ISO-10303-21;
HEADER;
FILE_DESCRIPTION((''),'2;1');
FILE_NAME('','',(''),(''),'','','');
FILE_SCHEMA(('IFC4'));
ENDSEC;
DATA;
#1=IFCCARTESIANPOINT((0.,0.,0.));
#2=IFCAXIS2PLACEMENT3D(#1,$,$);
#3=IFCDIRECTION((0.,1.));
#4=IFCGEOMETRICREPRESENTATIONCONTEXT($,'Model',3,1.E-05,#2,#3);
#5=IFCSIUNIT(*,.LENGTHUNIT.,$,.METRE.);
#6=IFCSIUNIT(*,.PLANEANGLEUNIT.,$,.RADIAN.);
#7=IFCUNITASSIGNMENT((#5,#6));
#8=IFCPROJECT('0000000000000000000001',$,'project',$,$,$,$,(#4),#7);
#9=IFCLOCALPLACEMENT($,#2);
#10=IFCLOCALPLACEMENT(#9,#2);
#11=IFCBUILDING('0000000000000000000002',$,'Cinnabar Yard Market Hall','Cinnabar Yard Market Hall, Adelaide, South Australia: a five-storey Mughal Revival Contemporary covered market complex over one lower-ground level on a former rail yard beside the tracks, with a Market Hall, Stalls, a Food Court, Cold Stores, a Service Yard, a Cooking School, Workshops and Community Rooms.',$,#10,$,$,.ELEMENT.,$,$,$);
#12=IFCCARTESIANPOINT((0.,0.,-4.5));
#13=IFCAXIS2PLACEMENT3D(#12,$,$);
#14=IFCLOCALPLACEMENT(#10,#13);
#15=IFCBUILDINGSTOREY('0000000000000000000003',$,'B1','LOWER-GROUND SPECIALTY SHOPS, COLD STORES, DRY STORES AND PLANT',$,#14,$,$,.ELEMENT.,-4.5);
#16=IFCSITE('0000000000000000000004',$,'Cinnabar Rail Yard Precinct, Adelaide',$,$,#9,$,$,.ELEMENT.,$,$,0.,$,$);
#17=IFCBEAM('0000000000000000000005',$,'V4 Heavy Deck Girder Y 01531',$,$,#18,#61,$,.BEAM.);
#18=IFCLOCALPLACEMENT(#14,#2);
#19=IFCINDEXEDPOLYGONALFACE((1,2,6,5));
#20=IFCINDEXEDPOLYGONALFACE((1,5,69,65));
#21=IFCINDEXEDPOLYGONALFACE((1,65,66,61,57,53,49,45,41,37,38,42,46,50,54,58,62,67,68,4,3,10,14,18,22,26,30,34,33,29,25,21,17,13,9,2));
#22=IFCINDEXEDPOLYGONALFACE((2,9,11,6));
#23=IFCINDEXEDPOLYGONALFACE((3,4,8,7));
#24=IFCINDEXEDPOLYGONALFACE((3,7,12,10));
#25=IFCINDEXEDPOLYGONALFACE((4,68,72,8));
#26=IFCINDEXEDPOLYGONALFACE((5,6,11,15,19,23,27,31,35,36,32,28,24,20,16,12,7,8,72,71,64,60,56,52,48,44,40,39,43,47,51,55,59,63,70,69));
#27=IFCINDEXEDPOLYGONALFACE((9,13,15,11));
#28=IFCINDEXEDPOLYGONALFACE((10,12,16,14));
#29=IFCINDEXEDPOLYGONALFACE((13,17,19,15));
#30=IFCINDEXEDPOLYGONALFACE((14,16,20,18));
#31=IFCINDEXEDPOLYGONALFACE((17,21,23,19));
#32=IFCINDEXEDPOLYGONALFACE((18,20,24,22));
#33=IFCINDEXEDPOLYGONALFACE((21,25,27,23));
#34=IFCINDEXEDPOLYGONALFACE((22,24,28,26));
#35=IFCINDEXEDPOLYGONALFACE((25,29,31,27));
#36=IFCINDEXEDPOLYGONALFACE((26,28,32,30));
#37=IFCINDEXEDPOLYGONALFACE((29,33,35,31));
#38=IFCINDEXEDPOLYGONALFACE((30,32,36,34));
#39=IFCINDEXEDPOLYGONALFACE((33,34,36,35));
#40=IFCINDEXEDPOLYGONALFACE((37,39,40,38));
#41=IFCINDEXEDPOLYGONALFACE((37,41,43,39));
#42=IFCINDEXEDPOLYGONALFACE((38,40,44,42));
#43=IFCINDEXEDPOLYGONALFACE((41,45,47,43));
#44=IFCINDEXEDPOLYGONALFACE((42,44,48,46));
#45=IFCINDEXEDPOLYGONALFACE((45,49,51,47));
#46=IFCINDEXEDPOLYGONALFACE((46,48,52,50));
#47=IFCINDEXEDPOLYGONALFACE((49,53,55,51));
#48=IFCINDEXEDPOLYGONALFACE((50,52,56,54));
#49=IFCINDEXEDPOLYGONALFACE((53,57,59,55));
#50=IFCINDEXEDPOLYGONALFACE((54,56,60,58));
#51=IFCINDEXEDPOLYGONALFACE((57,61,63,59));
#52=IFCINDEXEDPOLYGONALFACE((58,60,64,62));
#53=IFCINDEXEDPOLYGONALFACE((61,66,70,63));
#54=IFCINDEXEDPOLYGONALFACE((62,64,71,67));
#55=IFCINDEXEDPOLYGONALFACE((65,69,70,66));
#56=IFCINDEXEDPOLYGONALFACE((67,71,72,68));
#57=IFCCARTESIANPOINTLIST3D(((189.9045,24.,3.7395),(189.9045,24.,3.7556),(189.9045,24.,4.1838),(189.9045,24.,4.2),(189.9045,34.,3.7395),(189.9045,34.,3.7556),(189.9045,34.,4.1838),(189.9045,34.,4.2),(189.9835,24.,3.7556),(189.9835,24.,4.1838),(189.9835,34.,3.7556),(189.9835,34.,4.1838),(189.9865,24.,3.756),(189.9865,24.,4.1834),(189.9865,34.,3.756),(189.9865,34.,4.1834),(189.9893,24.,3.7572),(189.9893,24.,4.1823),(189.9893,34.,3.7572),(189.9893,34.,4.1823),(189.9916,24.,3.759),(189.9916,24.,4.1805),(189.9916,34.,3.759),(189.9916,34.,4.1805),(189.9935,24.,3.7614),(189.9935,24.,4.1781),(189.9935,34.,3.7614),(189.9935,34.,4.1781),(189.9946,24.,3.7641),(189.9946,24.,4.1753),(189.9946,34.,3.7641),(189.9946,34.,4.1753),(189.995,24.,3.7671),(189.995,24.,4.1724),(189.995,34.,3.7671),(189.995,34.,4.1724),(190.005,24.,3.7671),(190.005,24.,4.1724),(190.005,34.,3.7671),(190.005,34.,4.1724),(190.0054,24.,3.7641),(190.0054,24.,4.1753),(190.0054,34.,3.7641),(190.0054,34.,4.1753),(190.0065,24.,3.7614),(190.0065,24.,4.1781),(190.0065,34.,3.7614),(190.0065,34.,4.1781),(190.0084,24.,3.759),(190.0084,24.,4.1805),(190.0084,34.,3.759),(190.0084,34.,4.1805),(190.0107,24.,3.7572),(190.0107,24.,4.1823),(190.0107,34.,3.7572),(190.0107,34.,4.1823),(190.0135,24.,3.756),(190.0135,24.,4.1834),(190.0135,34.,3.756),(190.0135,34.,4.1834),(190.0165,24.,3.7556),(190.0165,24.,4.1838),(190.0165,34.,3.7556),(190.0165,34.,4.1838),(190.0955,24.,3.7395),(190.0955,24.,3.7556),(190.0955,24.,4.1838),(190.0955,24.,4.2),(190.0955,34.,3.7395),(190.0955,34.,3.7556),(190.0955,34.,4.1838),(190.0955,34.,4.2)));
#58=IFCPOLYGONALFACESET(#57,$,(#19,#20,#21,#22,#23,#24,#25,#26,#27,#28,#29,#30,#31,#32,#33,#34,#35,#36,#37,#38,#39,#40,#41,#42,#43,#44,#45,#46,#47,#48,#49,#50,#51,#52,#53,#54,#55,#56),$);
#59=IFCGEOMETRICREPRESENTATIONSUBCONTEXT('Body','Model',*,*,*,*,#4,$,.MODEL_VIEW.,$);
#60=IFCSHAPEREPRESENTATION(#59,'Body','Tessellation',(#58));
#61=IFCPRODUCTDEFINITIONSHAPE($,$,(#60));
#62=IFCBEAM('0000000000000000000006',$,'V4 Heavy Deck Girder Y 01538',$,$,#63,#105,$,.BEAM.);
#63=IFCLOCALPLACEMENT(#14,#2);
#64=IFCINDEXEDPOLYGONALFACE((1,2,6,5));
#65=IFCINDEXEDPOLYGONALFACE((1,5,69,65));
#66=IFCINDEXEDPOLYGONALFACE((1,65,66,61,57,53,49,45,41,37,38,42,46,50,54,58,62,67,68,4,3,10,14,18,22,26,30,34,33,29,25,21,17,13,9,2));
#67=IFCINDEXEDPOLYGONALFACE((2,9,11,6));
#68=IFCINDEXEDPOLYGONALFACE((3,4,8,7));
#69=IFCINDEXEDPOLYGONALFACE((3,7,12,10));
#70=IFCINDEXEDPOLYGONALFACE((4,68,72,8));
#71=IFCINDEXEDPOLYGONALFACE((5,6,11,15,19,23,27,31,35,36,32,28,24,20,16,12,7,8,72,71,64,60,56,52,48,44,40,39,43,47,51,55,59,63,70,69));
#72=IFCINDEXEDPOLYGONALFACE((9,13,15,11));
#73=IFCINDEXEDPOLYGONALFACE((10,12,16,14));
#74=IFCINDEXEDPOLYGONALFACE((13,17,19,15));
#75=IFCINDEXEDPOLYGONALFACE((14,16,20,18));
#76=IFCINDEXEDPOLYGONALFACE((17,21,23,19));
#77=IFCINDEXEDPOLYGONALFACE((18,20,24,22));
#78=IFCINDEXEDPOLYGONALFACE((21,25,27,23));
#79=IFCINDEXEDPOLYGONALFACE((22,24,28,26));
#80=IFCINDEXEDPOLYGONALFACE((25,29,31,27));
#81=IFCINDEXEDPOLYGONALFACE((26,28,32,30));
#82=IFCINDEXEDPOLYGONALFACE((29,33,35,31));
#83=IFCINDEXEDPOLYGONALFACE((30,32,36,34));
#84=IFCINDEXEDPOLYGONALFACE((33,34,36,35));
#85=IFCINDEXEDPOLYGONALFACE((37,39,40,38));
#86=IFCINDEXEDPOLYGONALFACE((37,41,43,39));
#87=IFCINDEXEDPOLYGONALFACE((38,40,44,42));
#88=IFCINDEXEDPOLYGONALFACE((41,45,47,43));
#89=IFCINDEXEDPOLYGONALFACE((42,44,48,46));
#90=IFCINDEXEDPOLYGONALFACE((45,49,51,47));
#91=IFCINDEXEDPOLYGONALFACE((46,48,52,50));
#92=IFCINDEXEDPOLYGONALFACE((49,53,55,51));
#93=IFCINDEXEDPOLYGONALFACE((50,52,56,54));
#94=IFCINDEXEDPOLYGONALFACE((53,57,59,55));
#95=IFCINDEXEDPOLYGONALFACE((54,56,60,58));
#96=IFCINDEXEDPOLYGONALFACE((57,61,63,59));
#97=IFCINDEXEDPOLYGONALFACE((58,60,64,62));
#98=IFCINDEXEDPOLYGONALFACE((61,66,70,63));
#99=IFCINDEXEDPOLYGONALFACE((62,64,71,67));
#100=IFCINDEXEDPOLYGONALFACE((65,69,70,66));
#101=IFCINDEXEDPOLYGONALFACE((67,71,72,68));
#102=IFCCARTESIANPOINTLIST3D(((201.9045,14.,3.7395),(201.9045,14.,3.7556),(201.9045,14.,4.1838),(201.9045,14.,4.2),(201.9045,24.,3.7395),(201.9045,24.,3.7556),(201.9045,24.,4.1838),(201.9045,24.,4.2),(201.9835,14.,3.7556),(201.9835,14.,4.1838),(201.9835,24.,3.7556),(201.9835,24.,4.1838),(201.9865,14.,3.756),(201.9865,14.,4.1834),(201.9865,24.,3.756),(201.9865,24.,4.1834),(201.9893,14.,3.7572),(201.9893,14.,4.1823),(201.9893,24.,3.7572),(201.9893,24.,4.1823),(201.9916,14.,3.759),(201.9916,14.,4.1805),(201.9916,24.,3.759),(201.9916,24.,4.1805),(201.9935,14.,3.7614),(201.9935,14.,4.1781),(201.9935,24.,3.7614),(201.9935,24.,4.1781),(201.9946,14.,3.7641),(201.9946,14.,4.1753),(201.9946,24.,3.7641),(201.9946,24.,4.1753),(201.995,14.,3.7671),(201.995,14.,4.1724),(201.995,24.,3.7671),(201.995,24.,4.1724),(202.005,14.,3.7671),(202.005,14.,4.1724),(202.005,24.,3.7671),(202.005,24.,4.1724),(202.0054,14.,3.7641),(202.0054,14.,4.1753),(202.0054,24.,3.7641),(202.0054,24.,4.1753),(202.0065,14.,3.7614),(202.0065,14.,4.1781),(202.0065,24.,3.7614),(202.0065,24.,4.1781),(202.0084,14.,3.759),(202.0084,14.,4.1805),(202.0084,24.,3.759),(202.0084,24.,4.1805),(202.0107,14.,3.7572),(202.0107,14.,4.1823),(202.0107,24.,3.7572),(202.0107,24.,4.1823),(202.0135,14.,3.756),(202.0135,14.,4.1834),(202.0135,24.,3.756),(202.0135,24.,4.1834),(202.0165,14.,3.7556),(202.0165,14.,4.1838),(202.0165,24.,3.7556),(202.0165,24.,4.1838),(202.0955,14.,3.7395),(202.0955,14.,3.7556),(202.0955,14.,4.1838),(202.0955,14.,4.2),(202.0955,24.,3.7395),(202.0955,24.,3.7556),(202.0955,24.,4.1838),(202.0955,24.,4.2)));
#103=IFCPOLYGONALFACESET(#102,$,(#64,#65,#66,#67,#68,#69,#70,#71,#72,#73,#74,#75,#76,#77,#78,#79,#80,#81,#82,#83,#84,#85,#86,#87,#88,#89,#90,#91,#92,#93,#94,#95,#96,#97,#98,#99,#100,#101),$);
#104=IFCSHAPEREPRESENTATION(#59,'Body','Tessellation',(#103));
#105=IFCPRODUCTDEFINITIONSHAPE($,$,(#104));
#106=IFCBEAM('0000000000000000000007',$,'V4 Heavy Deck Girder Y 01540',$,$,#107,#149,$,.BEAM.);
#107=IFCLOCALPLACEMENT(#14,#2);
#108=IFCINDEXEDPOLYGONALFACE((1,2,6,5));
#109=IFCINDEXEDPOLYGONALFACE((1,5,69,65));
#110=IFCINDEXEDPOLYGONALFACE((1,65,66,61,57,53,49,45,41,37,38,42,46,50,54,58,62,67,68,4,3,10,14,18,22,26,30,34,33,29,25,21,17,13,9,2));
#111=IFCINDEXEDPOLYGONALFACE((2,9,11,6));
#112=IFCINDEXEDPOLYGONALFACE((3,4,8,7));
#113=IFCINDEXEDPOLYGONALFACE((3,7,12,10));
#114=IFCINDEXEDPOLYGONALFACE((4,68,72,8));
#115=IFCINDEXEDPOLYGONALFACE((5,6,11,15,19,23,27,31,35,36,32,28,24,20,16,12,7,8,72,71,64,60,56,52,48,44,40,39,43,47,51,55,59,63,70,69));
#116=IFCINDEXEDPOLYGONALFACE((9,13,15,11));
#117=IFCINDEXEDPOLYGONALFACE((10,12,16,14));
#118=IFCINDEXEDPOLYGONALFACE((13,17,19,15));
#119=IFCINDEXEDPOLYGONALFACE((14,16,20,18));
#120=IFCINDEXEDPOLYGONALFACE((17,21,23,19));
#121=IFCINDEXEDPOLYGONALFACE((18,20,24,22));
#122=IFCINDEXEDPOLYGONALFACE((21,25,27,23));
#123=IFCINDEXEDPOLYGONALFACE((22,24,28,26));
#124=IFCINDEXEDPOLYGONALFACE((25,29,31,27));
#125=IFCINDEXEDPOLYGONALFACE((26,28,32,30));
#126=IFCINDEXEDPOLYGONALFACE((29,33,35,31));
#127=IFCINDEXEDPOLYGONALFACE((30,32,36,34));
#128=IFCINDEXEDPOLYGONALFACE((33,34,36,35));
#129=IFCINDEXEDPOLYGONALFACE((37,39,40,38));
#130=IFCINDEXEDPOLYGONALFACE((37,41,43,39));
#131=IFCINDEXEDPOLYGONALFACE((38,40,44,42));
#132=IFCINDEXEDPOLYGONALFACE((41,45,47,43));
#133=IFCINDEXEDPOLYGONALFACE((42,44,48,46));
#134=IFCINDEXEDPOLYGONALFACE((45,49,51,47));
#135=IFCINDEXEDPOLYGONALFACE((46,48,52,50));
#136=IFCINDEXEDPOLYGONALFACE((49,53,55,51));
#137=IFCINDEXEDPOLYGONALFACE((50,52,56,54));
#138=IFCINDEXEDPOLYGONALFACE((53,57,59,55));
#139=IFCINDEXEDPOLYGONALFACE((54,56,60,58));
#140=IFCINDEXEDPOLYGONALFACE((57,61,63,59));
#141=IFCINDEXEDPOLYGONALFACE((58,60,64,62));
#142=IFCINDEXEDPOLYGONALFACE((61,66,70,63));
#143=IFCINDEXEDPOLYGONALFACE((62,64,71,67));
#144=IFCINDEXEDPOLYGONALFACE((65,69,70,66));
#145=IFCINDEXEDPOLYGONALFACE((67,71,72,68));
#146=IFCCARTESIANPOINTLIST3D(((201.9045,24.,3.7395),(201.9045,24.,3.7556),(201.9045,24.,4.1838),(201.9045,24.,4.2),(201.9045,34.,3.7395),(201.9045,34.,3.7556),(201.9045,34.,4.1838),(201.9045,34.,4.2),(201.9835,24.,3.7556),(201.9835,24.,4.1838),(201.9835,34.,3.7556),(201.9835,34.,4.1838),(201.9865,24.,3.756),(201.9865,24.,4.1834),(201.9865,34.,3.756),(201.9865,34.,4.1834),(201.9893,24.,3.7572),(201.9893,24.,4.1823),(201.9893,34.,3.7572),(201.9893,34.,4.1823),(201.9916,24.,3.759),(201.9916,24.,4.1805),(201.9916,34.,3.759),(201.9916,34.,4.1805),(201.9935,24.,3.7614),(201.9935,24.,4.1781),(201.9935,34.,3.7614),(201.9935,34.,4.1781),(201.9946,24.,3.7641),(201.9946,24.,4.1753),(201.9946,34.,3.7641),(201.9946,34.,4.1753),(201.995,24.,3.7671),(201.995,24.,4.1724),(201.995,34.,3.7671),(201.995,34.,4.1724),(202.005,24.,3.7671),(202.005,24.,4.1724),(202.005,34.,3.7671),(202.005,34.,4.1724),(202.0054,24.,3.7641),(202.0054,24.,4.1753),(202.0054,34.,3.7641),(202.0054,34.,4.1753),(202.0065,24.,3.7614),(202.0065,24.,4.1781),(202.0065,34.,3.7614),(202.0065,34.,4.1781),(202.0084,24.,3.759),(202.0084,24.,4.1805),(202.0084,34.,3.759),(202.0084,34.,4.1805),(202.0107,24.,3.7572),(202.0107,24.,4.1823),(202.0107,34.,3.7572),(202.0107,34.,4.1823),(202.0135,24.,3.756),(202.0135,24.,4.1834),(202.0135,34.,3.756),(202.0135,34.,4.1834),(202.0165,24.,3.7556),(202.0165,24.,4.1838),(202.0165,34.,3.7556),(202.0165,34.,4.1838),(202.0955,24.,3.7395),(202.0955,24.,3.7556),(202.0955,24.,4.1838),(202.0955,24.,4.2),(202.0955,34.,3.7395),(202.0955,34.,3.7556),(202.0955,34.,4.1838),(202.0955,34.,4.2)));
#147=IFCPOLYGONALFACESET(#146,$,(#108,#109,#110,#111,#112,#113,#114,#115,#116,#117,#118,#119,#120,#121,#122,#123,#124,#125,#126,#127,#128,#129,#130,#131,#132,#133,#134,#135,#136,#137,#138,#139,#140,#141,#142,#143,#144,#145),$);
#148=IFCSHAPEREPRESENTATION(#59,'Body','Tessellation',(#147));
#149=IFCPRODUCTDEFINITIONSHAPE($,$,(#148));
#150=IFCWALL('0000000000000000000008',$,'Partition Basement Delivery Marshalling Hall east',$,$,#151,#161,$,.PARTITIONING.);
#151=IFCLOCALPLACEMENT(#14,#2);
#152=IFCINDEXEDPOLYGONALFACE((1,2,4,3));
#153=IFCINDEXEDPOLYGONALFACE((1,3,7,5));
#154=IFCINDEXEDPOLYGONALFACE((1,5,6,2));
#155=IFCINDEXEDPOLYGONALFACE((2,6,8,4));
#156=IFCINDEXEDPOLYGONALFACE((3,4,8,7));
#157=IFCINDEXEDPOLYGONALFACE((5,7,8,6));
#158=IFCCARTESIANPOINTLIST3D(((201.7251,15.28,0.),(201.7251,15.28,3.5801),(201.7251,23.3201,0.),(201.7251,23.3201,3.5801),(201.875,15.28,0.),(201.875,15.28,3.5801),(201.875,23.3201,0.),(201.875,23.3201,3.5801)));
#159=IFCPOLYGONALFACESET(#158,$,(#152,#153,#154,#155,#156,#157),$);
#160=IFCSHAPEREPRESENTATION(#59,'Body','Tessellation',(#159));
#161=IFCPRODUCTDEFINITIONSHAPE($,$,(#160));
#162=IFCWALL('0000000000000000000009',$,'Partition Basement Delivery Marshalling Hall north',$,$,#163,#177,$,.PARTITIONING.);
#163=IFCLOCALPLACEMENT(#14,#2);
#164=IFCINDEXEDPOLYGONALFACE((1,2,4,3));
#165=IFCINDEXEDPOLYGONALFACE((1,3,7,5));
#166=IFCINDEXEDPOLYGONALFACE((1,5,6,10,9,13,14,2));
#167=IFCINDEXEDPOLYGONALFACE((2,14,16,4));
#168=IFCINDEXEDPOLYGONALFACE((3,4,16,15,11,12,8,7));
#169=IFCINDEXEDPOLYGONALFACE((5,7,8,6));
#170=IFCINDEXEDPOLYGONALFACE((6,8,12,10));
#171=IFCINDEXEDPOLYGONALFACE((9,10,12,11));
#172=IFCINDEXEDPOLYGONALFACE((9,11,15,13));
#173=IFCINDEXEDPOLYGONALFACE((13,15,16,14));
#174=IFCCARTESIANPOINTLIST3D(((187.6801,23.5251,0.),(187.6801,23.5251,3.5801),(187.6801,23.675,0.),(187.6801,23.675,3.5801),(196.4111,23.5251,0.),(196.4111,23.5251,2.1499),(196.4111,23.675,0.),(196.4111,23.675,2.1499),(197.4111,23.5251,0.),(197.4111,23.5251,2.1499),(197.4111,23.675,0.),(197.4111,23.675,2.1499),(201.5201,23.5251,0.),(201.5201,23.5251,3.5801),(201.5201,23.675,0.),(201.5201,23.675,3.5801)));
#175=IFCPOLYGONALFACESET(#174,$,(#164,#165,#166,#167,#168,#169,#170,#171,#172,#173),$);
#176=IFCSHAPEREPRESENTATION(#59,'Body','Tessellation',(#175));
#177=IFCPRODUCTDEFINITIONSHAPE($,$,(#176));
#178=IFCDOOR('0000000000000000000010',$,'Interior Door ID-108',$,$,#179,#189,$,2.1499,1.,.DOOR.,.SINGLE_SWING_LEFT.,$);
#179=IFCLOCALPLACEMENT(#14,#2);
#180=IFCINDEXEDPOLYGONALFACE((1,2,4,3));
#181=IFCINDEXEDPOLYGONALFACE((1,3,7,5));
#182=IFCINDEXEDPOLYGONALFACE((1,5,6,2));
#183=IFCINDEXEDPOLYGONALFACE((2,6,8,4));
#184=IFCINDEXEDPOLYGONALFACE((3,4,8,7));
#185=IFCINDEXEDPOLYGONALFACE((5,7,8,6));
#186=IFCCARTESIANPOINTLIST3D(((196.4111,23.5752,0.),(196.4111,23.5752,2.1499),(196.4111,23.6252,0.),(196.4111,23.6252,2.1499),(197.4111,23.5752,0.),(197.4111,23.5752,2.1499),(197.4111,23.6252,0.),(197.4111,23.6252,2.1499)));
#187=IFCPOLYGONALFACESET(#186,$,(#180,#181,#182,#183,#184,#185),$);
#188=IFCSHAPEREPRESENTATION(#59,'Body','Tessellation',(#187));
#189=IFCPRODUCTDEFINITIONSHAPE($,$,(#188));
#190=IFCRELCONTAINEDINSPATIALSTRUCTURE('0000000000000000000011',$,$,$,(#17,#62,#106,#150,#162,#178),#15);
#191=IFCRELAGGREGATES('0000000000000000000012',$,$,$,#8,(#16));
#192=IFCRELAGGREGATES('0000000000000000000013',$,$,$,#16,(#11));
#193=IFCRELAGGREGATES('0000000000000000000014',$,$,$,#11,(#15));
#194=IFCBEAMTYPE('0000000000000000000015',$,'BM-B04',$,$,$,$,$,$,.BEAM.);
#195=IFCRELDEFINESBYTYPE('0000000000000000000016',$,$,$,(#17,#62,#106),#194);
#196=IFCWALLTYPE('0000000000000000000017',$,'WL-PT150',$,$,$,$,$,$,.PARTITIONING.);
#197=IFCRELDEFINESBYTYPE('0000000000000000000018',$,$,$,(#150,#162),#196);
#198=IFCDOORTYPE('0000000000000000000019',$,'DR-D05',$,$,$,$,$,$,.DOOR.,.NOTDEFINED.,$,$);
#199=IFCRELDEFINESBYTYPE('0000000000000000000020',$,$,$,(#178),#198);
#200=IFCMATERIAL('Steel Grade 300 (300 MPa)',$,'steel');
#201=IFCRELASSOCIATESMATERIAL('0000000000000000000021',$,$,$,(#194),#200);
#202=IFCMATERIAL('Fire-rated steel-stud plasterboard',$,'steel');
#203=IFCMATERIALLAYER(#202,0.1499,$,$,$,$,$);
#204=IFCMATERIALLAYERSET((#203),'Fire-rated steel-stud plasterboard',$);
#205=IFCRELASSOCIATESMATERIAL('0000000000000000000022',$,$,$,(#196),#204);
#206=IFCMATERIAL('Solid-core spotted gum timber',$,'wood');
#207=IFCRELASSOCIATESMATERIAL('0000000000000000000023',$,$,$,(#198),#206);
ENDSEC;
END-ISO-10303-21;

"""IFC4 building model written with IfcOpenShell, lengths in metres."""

from ifc_helpers import new_model, si_unit, direction, frame, frame_2d, origin, origin_2d_with_axis, place, context, subcontext, project, spatial, rectangle, i_section, extrude, material, layer, layer_set, material_profile, profile_set, type_object, element, fill, save


model = new_model("IFC4")

# Units and contexts
model_context = context("Model", 3, precision=1e-05, world=origin(), true_north=direction((0.0, 1.0)))
body_context = subcontext(model_context, "Body", "Model", "MODEL_VIEW")
ifc_project = project(units=[si_unit("LENGTHUNIT", "METRE"), si_unit("PLANEANGLEUNIT", "RADIAN")], contexts=[model_context])

# Site, building, storey
site_placement = place(None, origin())
site = spatial("IfcSite", under=ifc_project, at=site_placement, Name="Cinnabar Rail Yard Precinct, Adelaide", CompositionType="ELEMENT", RefElevation=0.0)
building_placement = place(site_placement, origin())
building = spatial("IfcBuilding", under=site, at=building_placement, Name="Cinnabar Yard Market Hall", Description="Cinnabar Yard Market Hall, Adelaide, South Australia: a five-storey Mughal Revival Contemporary covered market complex over one lower-ground level on a former rail yard beside the tracks, with a Market Hall, Stalls, a Food Court, Cold Stores, a Service Yard, a Cooking School, Workshops and Community Rooms.", CompositionType="ELEMENT")
storey_placement = place(building_placement, frame((0.0, 0.0, -4.5)))
storey = spatial("IfcBuildingStorey", under=building, at=storey_placement, Name="B1", Description="LOWER-GROUND SPECIALTY SHOPS, COLD STORES, DRY STORES AND PLANT", CompositionType="ELEMENT", Elevation=-4.5)

# Shared definitions
ifc_material_1 = material(Name="Steel Grade 300 (300 MPa)", Category="steel")

# Beams
ifc_material_profile_1 = material_profile(ifc_material_1, i_section(OverallWidth=0.1909, OverallDepth=0.4604, WebThickness=0.01, FlangeThickness=0.0161, FilletRadius=0.0115, at=origin_2d_with_axis()), Name="460UB82.1")
ifc_profile_set_1 = profile_set([ifc_material_profile_1], Name="Steel Grade 300 (300 MPa)")
beam_type_1 = type_object("IfcBeamType", Name="BM-B04", PredefinedType="BEAM", material=ifc_profile_set_1)
for number, where, z_axis, x_axis, name in (
    (1, (190.0, 24.0, 3.9697), (0.0, 1.0, 0.0), (-1.0, 0.0, 0.0), "V4 Heavy Deck Girder Y 01531"),
    (2, (202.0, 14.0, 3.9697), (0.0, 1.0, 0.0), (-1.0, 0.0, 0.0), "V4 Heavy Deck Girder Y 01538"),
    (3, (202.0, 24.0, 3.9697), (0.0, 1.0, 0.0), (-1.0, 0.0, 0.0), "V4 Heavy Deck Girder Y 01540"),
):
    element("IfcBeam", number, at=place(storey_placement, frame(where, z_axis=z_axis, x_axis=x_axis)), inside=storey, type_object=beam_type_1, Name=name, PredefinedType="BEAM", context=body_context, shape_type="SweptSolid", body=[
        extrude(i_section(OverallWidth=0.1909, OverallDepth=0.4604, WebThickness=0.01, FlangeThickness=0.0161, FilletRadius=0.0115, at=origin_2d_with_axis()), origin(), (0.0, 0.0, 1.0), 10.0),
    ])

# Wall
ifc_material_2 = material(Name="Fire-rated steel-stud plasterboard", Category="steel")
ifc_layer_1 = layer(ifc_material_2, 0.1499)
ifc_layer_set_1 = layer_set([ifc_layer_1], Name="Fire-rated steel-stud plasterboard")
wall_type = type_object("IfcWallType", Name="WL-PT150", PredefinedType="PARTITIONING", material=ifc_layer_set_1)
wall_1_placement = place(storey_placement, frame((201.8, 15.28, 0.0), z_axis=(0.0, 0.0, 1.0), x_axis=(0.0, 1.0, 0.0)))
element("IfcWall", 4, at=wall_1_placement, inside=storey, type_object=wall_type, Name="Partition Basement Delivery Marshalling Hall east", PredefinedType="PARTITIONING", context=body_context, shape_type="SweptSolid", body=[
    extrude(rectangle(XDim=8.04, YDim=0.1499, at=frame_2d((4.02, 0.0), x_axis=(1.0, 0.0))), origin(), (0.0, 0.0, 1.0), 3.5801),
])

# Wall, opening, door
wall_2_placement = place(storey_placement, frame((201.52, 23.6001, 0.0), z_axis=(0.0, 0.0, 1.0), x_axis=(-1.0, 0.0, 0.0)))
wall_2 = element("IfcWall", 5, at=wall_2_placement, inside=storey, type_object=wall_type, Name="Partition Basement Delivery Marshalling Hall north", PredefinedType="PARTITIONING", context=body_context, shape_type="SweptSolid", body=[
    extrude(rectangle(XDim=13.8401, YDim=0.1499, at=frame_2d((6.9199, 0.0), x_axis=(1.0, 0.0))), origin(), (0.0, 0.0, 1.0), 3.5801),
])
opening_placement = place(wall_2_placement, frame((4.1089, 0.0, 0.0)))
opening = element("IfcOpeningElement", 6, at=opening_placement, cuts=wall_2, PredefinedType="OPENING", context=body_context, shape_type="SweptSolid", body=[
    extrude(rectangle(XDim=1.0, YDim=2.1499, at=frame_2d((0.5, 1.075), x_axis=(1.0, 0.0))), frame((0.0, 0.085, 0.0), z_axis=(0.0, -1.0, 0.0), x_axis=(1.0, 0.0, 0.0)), (0.0, 0.0, 1.0), 0.1699),
])
ifc_material_3 = material(Name="Solid-core spotted gum timber", Category="wood")
door_type = type_object("IfcDoorType", Name="DR-D05", OperationType="NOTDEFINED", PredefinedType="DOOR", material=ifc_material_3)
door_placement = place(opening_placement, origin())
door = element("IfcDoor", 7, at=door_placement, inside=storey, type_object=door_type, Name="Interior Door ID-108", OperationType="SINGLE_SWING_LEFT", OverallHeight=2.1499, OverallWidth=1.0, PredefinedType="DOOR", context=body_context, shape_type="SweptSolid", body=[
    extrude(rectangle(XDim=1.0, YDim=2.1499, at=frame_2d((0.5, 1.075), x_axis=(1.0, 0.0))), frame((0.0, 0.0249, 0.0), z_axis=(0.0, -1.0, 0.0), x_axis=(1.0, 0.0, 0.0)), (0.0, 0.0, 1.0), 0.05),
])
fill(opening, door)

save(model, "model.ifc")
